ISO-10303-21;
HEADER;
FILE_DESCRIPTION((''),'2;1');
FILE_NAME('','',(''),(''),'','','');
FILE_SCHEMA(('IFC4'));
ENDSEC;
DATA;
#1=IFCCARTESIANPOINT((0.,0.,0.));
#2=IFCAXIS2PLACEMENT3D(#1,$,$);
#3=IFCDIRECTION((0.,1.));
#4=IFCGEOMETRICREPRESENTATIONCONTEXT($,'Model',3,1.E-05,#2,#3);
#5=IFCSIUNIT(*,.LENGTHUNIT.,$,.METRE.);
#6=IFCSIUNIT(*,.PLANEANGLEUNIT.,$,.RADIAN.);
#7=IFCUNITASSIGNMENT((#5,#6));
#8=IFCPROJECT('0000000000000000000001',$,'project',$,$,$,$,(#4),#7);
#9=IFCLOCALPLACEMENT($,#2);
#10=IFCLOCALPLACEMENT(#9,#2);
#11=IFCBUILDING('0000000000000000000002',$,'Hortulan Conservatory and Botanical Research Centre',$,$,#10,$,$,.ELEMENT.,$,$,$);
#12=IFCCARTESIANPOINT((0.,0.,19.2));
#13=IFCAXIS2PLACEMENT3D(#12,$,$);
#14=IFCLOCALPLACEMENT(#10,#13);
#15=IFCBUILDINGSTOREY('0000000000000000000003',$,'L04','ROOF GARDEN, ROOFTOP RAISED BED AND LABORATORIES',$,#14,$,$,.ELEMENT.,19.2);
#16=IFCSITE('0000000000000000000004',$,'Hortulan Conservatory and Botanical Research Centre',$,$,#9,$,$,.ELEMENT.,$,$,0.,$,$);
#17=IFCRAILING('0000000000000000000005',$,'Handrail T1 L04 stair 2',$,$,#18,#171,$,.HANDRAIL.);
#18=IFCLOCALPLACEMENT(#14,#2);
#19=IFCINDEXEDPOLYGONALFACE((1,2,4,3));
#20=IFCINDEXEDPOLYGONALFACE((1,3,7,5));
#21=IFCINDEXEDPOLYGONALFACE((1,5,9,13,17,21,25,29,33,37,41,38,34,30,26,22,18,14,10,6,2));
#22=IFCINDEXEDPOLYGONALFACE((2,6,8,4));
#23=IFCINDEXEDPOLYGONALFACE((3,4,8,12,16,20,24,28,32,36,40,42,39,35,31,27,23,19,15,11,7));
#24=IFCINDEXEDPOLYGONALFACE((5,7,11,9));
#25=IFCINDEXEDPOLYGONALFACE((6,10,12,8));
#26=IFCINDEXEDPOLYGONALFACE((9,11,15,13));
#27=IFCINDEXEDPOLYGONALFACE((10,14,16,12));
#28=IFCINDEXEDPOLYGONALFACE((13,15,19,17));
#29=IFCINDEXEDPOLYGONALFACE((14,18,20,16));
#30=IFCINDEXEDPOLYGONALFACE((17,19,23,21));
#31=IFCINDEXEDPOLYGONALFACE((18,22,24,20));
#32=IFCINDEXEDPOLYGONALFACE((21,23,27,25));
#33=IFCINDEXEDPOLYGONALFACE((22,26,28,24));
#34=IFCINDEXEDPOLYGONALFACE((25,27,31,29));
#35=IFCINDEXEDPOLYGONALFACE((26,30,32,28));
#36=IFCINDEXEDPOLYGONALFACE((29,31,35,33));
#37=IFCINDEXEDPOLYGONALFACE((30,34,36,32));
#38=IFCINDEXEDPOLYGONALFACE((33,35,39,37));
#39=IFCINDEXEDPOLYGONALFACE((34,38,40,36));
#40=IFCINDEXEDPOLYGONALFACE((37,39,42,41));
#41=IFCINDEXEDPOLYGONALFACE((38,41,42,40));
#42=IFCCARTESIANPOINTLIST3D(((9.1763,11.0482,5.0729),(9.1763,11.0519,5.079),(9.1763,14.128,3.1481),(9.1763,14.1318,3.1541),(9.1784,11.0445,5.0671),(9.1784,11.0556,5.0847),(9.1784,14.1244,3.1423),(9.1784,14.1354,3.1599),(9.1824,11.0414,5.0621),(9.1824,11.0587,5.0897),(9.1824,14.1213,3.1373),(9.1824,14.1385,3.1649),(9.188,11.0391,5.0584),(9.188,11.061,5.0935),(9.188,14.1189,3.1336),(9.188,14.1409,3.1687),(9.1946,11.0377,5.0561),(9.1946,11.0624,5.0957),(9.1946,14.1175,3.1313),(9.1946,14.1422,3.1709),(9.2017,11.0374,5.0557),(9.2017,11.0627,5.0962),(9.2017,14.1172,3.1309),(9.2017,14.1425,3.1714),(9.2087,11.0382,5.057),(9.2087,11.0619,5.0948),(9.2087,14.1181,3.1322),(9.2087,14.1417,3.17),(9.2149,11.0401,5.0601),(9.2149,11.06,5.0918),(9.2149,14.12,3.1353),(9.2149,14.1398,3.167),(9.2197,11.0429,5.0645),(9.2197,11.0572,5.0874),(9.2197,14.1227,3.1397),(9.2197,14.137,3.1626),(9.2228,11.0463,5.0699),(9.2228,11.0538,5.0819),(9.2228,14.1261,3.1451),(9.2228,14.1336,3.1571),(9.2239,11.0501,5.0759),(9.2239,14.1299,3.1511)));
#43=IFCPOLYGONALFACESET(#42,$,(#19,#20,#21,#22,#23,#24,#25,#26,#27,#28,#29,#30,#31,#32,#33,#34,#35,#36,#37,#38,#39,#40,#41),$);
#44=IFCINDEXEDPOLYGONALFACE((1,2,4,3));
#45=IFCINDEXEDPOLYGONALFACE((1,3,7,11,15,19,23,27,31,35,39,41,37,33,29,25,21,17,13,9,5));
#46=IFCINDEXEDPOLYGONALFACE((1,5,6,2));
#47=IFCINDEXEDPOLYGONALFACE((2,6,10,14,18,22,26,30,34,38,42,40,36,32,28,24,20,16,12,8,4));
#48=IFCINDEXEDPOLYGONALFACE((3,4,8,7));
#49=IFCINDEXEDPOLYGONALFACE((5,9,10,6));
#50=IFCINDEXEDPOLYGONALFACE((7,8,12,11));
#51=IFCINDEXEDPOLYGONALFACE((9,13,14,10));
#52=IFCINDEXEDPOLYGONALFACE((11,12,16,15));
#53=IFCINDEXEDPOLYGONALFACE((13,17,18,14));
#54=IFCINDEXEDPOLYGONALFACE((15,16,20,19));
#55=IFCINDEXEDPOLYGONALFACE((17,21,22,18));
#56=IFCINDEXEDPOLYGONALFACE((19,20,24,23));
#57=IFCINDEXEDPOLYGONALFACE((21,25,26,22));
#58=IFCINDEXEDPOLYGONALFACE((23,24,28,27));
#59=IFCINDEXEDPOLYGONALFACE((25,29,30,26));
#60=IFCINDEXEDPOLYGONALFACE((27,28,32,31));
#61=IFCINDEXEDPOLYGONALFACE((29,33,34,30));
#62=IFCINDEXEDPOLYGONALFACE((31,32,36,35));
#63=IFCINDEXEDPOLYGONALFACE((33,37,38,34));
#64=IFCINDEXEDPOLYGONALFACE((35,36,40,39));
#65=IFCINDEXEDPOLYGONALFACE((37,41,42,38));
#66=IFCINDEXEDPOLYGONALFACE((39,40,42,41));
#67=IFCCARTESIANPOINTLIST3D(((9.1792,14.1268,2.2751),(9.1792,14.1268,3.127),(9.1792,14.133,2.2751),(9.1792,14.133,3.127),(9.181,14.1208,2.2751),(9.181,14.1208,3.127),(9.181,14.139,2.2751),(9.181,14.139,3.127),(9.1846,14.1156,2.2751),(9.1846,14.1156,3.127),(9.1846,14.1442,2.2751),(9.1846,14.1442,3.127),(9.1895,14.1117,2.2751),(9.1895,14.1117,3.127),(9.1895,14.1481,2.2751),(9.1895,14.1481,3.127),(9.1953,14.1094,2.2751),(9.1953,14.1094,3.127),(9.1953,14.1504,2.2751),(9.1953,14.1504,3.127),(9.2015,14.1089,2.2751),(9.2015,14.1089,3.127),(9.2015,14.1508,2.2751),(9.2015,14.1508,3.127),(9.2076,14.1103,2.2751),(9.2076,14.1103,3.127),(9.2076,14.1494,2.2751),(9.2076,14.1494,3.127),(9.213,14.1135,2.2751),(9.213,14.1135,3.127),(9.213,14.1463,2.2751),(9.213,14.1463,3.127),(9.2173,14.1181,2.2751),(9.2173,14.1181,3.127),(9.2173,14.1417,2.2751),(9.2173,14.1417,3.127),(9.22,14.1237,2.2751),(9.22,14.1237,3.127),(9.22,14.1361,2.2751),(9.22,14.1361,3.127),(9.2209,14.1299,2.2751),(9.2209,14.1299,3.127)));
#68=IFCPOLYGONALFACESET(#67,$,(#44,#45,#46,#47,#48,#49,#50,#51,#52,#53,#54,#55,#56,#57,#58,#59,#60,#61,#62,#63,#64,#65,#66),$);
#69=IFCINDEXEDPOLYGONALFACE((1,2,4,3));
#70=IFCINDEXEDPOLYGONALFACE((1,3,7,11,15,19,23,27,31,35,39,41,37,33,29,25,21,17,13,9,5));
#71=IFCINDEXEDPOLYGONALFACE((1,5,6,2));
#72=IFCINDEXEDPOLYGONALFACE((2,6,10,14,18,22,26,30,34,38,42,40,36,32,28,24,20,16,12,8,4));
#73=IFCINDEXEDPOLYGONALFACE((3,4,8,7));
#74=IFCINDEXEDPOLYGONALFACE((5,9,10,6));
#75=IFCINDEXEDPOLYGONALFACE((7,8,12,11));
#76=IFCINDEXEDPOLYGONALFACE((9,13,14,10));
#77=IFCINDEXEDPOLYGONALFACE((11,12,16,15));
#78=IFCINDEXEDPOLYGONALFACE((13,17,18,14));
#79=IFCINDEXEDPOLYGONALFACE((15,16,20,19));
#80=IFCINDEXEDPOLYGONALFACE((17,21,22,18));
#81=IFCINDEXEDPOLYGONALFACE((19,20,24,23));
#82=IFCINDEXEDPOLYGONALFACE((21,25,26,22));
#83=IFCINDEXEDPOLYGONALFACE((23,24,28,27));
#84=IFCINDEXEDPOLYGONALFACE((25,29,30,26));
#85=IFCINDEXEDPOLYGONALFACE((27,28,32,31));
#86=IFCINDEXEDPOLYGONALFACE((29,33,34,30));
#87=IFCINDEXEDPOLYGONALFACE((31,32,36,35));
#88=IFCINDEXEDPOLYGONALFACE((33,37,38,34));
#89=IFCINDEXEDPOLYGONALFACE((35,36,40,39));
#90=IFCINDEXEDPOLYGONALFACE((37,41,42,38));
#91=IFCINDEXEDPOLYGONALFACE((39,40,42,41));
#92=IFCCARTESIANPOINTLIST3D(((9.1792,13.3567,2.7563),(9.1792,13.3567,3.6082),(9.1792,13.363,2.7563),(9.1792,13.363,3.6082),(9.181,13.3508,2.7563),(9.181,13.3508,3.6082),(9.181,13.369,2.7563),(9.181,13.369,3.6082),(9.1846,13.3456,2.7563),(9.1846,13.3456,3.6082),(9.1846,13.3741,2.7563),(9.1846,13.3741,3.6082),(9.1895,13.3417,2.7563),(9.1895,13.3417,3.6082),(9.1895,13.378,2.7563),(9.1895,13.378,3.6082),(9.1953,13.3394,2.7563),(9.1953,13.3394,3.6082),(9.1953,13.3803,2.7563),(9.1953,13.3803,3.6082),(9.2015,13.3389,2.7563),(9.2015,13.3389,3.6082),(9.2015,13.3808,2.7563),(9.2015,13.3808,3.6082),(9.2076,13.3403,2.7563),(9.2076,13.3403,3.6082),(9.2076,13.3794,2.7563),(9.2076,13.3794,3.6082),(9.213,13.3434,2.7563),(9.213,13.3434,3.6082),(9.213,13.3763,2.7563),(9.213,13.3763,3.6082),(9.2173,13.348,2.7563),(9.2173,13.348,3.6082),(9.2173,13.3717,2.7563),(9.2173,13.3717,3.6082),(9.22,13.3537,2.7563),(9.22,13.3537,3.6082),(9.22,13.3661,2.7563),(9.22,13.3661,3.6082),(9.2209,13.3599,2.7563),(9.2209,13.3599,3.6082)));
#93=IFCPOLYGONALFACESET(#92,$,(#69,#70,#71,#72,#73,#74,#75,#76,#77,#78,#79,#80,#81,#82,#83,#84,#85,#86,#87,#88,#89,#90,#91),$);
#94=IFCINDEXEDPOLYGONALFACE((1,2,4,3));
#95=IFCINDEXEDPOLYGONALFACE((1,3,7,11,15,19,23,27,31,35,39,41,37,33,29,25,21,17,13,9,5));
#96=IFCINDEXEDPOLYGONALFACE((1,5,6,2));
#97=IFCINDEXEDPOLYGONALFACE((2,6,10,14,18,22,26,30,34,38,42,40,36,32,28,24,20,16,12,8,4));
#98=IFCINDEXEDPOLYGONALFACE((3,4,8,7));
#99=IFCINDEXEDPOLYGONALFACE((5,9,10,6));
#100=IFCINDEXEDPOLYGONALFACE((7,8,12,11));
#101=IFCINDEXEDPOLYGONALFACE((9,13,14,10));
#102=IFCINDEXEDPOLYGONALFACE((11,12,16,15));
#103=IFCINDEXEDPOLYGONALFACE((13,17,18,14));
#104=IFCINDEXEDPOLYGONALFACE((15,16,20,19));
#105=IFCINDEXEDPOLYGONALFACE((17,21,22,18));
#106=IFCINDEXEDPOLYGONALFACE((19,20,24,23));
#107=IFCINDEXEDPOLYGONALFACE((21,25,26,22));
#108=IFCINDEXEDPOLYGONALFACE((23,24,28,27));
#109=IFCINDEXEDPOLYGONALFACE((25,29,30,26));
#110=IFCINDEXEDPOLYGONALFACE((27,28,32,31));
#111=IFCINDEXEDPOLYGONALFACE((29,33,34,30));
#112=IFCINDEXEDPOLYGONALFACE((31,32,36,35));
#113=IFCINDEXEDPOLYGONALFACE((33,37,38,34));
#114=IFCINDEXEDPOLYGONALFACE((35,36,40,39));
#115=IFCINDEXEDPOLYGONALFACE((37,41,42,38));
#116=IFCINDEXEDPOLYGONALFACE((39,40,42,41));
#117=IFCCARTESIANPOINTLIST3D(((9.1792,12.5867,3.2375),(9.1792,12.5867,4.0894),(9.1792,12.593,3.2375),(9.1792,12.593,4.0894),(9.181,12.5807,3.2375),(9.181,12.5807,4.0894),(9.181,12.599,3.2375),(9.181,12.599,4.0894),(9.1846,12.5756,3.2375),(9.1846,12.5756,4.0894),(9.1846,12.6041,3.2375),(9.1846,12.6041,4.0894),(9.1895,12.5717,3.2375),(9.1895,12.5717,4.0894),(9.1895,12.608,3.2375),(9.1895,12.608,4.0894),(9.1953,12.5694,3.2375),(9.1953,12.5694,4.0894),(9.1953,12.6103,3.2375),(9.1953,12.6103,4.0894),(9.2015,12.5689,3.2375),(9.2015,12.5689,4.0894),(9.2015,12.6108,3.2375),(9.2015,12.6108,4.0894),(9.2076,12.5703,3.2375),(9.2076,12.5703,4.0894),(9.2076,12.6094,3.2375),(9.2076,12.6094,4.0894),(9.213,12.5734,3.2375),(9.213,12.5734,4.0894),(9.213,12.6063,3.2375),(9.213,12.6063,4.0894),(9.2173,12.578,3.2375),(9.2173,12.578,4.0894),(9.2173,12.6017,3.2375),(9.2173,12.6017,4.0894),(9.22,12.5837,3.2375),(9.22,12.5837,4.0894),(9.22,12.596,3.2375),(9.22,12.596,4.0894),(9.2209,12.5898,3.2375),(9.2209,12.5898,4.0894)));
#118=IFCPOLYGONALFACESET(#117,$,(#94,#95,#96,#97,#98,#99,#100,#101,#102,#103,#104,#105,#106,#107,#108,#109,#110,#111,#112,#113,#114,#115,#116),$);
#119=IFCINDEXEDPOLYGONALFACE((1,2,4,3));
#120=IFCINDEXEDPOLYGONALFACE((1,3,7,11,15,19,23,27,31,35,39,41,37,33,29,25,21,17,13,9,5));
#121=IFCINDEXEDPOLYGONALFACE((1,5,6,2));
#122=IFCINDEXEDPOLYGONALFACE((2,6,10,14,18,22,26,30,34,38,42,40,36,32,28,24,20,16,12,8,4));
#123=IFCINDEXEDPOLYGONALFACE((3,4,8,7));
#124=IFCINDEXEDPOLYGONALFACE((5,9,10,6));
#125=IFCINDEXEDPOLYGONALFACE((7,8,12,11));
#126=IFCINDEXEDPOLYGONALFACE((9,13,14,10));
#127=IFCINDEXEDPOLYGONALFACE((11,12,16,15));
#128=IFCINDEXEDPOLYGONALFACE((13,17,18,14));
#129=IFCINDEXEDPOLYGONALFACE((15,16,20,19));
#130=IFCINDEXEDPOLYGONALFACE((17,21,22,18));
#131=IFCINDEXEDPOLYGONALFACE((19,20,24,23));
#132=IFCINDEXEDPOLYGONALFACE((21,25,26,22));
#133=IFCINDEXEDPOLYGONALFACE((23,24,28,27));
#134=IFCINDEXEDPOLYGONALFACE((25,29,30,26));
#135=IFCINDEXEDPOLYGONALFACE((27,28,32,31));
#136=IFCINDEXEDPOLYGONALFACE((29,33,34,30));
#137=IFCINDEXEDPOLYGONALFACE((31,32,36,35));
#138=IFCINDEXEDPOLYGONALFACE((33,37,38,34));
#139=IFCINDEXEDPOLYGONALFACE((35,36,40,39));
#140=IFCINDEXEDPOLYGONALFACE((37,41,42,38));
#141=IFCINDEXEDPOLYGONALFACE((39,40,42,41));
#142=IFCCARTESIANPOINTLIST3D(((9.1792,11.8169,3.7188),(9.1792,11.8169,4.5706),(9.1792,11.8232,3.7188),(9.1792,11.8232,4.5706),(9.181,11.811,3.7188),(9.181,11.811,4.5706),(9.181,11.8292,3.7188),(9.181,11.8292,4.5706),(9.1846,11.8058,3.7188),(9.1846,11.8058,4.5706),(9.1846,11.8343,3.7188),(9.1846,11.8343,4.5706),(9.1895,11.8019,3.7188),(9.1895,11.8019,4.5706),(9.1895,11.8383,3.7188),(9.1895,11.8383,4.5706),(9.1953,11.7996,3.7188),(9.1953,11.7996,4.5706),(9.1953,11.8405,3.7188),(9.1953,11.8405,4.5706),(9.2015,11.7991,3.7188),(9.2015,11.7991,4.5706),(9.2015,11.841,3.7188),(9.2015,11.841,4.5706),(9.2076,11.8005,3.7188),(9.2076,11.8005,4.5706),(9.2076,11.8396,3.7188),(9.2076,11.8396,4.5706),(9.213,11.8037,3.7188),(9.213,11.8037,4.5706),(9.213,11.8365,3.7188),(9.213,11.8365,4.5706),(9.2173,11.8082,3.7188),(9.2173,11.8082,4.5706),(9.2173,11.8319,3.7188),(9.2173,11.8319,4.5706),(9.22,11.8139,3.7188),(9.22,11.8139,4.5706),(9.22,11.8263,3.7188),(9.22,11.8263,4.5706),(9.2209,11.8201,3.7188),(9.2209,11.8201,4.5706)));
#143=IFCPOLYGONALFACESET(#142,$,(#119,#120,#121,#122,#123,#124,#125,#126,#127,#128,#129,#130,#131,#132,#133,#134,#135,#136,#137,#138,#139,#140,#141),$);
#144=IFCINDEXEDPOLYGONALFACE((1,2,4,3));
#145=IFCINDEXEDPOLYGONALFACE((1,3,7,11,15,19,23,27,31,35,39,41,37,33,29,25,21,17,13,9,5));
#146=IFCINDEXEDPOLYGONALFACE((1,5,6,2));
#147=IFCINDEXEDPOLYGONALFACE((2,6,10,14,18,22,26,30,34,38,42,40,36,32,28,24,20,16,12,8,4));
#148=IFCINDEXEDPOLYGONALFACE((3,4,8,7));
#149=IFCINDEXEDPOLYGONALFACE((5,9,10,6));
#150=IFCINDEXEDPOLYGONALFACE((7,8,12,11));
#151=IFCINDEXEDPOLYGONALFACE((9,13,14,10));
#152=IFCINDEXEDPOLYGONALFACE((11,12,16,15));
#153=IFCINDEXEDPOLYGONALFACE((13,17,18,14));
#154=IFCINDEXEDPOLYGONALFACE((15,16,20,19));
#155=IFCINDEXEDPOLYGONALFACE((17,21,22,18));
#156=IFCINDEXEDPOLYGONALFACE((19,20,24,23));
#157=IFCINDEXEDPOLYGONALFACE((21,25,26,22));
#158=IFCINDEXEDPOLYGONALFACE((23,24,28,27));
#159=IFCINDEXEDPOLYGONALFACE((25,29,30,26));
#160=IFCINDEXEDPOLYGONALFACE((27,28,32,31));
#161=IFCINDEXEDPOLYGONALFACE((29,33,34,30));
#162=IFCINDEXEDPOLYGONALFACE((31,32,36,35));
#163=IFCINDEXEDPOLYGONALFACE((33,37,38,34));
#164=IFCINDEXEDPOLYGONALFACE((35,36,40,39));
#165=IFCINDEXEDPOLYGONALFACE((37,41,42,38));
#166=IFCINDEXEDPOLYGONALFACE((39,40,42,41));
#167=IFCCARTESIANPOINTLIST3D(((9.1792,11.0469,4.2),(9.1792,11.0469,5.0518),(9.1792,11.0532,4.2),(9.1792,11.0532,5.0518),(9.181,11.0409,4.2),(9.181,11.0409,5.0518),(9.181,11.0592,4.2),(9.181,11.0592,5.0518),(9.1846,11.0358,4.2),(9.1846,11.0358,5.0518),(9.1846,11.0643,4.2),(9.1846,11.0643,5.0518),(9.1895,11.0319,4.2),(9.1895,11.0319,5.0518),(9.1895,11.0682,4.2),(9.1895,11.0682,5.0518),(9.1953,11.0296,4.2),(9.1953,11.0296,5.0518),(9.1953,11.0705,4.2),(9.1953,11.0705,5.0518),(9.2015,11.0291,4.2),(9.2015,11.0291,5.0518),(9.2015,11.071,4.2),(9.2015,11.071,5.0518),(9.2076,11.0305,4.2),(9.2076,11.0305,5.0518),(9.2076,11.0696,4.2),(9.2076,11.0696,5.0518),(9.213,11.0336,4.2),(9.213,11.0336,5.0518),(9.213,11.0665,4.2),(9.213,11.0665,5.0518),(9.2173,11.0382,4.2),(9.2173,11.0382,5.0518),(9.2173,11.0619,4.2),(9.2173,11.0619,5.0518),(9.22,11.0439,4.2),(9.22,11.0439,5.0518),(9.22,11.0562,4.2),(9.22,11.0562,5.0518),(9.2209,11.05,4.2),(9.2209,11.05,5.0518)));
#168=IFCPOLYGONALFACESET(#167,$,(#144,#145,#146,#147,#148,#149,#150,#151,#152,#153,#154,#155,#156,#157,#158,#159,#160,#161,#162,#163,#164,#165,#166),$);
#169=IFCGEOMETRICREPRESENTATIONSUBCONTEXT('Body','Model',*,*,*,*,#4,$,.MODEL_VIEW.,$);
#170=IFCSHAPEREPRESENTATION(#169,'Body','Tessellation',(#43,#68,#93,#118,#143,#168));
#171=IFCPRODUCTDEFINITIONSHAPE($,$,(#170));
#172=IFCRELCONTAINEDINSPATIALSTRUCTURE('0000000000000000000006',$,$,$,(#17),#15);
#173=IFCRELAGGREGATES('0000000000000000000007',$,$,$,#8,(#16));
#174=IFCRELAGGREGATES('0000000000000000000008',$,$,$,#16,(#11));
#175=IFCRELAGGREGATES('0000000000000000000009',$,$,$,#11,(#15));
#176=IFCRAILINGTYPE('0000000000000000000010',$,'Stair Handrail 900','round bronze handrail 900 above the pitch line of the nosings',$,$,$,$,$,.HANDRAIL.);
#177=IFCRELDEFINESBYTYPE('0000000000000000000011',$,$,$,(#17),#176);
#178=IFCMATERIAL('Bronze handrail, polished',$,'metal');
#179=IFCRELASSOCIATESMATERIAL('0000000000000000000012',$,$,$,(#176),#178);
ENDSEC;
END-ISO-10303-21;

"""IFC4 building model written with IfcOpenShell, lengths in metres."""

from ifc_helpers import new_model, si_unit, direction, frame, origin, origin_2d, place, context, subcontext, project, spatial, circle, extrude, material, type_object, element, save


model = new_model("IFC4")

# Units and contexts
model_context = context("Model", 3, precision=1e-05, world=origin(), true_north=direction((0.0, 1.0)))
body_context = subcontext(model_context, "Body", "Model", "MODEL_VIEW")
ifc_project = project(units=[si_unit("LENGTHUNIT", "METRE"), si_unit("PLANEANGLEUNIT", "RADIAN")], contexts=[model_context])

# Site, building, storey
site_placement = place(None, origin())
site = spatial("IfcSite", under=ifc_project, at=site_placement, Name="Hortulan Conservatory and Botanical Research Centre", CompositionType="ELEMENT", RefElevation=0.0)
building_placement = place(site_placement, origin())
building = spatial("IfcBuilding", under=site, at=building_placement, Name="Hortulan Conservatory and Botanical Research Centre", CompositionType="ELEMENT")
storey_placement = place(building_placement, frame((0.0, 0.0, 19.2)))
storey = spatial("IfcBuildingStorey", under=building, at=storey_placement, Name="L04", Description="ROOF GARDEN, ROOFTOP RAISED BED AND LABORATORIES", CompositionType="ELEMENT", Elevation=19.2)

# Railing
ifc_material_1 = material(Name="Bronze handrail, polished", Category="metal")
railing_type_1 = type_object("IfcRailingType", Name="Stair Handrail 900", Description="round bronze handrail 900 above the pitch line of the nosings", PredefinedType="HANDRAIL", material=ifc_material_1)
for number, where, name in (
    (1, (9.2, 14.1299, 2.2751), "Handrail T1 L04 stair 2"),
):
    element("IfcRailing", number, at=place(storey_placement, frame(where)), inside=storey, type_object=railing_type_1, Name=name, PredefinedType="HANDRAIL", context=body_context, shape_type="SweptSolid", body=[
        extrude(circle(Radius=0.0239, at=origin_2d()), frame((0.0, 0.0, 0.876), z_axis=(0.0, -0.84801, 0.529981), x_axis=(1.0, 0.0, 0.0)), (0.0, 0.0, 1.0), 3.6318),
        extrude(circle(Radius=0.021, at=origin_2d()), origin(), (0.0, 0.0, 1.0), 0.8518),
        extrude(circle(Radius=0.021, at=origin_2d()), frame((0.0, -0.77, 0.4812)), (0.0, 0.0, 1.0), 0.8518),
        extrude(circle(Radius=0.021, at=origin_2d()), frame((0.0, -1.54, 0.9624)), (0.0, 0.0, 1.0), 0.8518),
        extrude(circle(Radius=0.021, at=origin_2d()), frame((0.0, -2.3098, 1.4436)), (0.0, 0.0, 1.0), 0.8518),
        extrude(circle(Radius=0.021, at=origin_2d()), frame((0.0, -3.0798, 1.9248)), (0.0, 0.0, 1.0), 0.8518),
    ])

save(model, "model.ifc")
